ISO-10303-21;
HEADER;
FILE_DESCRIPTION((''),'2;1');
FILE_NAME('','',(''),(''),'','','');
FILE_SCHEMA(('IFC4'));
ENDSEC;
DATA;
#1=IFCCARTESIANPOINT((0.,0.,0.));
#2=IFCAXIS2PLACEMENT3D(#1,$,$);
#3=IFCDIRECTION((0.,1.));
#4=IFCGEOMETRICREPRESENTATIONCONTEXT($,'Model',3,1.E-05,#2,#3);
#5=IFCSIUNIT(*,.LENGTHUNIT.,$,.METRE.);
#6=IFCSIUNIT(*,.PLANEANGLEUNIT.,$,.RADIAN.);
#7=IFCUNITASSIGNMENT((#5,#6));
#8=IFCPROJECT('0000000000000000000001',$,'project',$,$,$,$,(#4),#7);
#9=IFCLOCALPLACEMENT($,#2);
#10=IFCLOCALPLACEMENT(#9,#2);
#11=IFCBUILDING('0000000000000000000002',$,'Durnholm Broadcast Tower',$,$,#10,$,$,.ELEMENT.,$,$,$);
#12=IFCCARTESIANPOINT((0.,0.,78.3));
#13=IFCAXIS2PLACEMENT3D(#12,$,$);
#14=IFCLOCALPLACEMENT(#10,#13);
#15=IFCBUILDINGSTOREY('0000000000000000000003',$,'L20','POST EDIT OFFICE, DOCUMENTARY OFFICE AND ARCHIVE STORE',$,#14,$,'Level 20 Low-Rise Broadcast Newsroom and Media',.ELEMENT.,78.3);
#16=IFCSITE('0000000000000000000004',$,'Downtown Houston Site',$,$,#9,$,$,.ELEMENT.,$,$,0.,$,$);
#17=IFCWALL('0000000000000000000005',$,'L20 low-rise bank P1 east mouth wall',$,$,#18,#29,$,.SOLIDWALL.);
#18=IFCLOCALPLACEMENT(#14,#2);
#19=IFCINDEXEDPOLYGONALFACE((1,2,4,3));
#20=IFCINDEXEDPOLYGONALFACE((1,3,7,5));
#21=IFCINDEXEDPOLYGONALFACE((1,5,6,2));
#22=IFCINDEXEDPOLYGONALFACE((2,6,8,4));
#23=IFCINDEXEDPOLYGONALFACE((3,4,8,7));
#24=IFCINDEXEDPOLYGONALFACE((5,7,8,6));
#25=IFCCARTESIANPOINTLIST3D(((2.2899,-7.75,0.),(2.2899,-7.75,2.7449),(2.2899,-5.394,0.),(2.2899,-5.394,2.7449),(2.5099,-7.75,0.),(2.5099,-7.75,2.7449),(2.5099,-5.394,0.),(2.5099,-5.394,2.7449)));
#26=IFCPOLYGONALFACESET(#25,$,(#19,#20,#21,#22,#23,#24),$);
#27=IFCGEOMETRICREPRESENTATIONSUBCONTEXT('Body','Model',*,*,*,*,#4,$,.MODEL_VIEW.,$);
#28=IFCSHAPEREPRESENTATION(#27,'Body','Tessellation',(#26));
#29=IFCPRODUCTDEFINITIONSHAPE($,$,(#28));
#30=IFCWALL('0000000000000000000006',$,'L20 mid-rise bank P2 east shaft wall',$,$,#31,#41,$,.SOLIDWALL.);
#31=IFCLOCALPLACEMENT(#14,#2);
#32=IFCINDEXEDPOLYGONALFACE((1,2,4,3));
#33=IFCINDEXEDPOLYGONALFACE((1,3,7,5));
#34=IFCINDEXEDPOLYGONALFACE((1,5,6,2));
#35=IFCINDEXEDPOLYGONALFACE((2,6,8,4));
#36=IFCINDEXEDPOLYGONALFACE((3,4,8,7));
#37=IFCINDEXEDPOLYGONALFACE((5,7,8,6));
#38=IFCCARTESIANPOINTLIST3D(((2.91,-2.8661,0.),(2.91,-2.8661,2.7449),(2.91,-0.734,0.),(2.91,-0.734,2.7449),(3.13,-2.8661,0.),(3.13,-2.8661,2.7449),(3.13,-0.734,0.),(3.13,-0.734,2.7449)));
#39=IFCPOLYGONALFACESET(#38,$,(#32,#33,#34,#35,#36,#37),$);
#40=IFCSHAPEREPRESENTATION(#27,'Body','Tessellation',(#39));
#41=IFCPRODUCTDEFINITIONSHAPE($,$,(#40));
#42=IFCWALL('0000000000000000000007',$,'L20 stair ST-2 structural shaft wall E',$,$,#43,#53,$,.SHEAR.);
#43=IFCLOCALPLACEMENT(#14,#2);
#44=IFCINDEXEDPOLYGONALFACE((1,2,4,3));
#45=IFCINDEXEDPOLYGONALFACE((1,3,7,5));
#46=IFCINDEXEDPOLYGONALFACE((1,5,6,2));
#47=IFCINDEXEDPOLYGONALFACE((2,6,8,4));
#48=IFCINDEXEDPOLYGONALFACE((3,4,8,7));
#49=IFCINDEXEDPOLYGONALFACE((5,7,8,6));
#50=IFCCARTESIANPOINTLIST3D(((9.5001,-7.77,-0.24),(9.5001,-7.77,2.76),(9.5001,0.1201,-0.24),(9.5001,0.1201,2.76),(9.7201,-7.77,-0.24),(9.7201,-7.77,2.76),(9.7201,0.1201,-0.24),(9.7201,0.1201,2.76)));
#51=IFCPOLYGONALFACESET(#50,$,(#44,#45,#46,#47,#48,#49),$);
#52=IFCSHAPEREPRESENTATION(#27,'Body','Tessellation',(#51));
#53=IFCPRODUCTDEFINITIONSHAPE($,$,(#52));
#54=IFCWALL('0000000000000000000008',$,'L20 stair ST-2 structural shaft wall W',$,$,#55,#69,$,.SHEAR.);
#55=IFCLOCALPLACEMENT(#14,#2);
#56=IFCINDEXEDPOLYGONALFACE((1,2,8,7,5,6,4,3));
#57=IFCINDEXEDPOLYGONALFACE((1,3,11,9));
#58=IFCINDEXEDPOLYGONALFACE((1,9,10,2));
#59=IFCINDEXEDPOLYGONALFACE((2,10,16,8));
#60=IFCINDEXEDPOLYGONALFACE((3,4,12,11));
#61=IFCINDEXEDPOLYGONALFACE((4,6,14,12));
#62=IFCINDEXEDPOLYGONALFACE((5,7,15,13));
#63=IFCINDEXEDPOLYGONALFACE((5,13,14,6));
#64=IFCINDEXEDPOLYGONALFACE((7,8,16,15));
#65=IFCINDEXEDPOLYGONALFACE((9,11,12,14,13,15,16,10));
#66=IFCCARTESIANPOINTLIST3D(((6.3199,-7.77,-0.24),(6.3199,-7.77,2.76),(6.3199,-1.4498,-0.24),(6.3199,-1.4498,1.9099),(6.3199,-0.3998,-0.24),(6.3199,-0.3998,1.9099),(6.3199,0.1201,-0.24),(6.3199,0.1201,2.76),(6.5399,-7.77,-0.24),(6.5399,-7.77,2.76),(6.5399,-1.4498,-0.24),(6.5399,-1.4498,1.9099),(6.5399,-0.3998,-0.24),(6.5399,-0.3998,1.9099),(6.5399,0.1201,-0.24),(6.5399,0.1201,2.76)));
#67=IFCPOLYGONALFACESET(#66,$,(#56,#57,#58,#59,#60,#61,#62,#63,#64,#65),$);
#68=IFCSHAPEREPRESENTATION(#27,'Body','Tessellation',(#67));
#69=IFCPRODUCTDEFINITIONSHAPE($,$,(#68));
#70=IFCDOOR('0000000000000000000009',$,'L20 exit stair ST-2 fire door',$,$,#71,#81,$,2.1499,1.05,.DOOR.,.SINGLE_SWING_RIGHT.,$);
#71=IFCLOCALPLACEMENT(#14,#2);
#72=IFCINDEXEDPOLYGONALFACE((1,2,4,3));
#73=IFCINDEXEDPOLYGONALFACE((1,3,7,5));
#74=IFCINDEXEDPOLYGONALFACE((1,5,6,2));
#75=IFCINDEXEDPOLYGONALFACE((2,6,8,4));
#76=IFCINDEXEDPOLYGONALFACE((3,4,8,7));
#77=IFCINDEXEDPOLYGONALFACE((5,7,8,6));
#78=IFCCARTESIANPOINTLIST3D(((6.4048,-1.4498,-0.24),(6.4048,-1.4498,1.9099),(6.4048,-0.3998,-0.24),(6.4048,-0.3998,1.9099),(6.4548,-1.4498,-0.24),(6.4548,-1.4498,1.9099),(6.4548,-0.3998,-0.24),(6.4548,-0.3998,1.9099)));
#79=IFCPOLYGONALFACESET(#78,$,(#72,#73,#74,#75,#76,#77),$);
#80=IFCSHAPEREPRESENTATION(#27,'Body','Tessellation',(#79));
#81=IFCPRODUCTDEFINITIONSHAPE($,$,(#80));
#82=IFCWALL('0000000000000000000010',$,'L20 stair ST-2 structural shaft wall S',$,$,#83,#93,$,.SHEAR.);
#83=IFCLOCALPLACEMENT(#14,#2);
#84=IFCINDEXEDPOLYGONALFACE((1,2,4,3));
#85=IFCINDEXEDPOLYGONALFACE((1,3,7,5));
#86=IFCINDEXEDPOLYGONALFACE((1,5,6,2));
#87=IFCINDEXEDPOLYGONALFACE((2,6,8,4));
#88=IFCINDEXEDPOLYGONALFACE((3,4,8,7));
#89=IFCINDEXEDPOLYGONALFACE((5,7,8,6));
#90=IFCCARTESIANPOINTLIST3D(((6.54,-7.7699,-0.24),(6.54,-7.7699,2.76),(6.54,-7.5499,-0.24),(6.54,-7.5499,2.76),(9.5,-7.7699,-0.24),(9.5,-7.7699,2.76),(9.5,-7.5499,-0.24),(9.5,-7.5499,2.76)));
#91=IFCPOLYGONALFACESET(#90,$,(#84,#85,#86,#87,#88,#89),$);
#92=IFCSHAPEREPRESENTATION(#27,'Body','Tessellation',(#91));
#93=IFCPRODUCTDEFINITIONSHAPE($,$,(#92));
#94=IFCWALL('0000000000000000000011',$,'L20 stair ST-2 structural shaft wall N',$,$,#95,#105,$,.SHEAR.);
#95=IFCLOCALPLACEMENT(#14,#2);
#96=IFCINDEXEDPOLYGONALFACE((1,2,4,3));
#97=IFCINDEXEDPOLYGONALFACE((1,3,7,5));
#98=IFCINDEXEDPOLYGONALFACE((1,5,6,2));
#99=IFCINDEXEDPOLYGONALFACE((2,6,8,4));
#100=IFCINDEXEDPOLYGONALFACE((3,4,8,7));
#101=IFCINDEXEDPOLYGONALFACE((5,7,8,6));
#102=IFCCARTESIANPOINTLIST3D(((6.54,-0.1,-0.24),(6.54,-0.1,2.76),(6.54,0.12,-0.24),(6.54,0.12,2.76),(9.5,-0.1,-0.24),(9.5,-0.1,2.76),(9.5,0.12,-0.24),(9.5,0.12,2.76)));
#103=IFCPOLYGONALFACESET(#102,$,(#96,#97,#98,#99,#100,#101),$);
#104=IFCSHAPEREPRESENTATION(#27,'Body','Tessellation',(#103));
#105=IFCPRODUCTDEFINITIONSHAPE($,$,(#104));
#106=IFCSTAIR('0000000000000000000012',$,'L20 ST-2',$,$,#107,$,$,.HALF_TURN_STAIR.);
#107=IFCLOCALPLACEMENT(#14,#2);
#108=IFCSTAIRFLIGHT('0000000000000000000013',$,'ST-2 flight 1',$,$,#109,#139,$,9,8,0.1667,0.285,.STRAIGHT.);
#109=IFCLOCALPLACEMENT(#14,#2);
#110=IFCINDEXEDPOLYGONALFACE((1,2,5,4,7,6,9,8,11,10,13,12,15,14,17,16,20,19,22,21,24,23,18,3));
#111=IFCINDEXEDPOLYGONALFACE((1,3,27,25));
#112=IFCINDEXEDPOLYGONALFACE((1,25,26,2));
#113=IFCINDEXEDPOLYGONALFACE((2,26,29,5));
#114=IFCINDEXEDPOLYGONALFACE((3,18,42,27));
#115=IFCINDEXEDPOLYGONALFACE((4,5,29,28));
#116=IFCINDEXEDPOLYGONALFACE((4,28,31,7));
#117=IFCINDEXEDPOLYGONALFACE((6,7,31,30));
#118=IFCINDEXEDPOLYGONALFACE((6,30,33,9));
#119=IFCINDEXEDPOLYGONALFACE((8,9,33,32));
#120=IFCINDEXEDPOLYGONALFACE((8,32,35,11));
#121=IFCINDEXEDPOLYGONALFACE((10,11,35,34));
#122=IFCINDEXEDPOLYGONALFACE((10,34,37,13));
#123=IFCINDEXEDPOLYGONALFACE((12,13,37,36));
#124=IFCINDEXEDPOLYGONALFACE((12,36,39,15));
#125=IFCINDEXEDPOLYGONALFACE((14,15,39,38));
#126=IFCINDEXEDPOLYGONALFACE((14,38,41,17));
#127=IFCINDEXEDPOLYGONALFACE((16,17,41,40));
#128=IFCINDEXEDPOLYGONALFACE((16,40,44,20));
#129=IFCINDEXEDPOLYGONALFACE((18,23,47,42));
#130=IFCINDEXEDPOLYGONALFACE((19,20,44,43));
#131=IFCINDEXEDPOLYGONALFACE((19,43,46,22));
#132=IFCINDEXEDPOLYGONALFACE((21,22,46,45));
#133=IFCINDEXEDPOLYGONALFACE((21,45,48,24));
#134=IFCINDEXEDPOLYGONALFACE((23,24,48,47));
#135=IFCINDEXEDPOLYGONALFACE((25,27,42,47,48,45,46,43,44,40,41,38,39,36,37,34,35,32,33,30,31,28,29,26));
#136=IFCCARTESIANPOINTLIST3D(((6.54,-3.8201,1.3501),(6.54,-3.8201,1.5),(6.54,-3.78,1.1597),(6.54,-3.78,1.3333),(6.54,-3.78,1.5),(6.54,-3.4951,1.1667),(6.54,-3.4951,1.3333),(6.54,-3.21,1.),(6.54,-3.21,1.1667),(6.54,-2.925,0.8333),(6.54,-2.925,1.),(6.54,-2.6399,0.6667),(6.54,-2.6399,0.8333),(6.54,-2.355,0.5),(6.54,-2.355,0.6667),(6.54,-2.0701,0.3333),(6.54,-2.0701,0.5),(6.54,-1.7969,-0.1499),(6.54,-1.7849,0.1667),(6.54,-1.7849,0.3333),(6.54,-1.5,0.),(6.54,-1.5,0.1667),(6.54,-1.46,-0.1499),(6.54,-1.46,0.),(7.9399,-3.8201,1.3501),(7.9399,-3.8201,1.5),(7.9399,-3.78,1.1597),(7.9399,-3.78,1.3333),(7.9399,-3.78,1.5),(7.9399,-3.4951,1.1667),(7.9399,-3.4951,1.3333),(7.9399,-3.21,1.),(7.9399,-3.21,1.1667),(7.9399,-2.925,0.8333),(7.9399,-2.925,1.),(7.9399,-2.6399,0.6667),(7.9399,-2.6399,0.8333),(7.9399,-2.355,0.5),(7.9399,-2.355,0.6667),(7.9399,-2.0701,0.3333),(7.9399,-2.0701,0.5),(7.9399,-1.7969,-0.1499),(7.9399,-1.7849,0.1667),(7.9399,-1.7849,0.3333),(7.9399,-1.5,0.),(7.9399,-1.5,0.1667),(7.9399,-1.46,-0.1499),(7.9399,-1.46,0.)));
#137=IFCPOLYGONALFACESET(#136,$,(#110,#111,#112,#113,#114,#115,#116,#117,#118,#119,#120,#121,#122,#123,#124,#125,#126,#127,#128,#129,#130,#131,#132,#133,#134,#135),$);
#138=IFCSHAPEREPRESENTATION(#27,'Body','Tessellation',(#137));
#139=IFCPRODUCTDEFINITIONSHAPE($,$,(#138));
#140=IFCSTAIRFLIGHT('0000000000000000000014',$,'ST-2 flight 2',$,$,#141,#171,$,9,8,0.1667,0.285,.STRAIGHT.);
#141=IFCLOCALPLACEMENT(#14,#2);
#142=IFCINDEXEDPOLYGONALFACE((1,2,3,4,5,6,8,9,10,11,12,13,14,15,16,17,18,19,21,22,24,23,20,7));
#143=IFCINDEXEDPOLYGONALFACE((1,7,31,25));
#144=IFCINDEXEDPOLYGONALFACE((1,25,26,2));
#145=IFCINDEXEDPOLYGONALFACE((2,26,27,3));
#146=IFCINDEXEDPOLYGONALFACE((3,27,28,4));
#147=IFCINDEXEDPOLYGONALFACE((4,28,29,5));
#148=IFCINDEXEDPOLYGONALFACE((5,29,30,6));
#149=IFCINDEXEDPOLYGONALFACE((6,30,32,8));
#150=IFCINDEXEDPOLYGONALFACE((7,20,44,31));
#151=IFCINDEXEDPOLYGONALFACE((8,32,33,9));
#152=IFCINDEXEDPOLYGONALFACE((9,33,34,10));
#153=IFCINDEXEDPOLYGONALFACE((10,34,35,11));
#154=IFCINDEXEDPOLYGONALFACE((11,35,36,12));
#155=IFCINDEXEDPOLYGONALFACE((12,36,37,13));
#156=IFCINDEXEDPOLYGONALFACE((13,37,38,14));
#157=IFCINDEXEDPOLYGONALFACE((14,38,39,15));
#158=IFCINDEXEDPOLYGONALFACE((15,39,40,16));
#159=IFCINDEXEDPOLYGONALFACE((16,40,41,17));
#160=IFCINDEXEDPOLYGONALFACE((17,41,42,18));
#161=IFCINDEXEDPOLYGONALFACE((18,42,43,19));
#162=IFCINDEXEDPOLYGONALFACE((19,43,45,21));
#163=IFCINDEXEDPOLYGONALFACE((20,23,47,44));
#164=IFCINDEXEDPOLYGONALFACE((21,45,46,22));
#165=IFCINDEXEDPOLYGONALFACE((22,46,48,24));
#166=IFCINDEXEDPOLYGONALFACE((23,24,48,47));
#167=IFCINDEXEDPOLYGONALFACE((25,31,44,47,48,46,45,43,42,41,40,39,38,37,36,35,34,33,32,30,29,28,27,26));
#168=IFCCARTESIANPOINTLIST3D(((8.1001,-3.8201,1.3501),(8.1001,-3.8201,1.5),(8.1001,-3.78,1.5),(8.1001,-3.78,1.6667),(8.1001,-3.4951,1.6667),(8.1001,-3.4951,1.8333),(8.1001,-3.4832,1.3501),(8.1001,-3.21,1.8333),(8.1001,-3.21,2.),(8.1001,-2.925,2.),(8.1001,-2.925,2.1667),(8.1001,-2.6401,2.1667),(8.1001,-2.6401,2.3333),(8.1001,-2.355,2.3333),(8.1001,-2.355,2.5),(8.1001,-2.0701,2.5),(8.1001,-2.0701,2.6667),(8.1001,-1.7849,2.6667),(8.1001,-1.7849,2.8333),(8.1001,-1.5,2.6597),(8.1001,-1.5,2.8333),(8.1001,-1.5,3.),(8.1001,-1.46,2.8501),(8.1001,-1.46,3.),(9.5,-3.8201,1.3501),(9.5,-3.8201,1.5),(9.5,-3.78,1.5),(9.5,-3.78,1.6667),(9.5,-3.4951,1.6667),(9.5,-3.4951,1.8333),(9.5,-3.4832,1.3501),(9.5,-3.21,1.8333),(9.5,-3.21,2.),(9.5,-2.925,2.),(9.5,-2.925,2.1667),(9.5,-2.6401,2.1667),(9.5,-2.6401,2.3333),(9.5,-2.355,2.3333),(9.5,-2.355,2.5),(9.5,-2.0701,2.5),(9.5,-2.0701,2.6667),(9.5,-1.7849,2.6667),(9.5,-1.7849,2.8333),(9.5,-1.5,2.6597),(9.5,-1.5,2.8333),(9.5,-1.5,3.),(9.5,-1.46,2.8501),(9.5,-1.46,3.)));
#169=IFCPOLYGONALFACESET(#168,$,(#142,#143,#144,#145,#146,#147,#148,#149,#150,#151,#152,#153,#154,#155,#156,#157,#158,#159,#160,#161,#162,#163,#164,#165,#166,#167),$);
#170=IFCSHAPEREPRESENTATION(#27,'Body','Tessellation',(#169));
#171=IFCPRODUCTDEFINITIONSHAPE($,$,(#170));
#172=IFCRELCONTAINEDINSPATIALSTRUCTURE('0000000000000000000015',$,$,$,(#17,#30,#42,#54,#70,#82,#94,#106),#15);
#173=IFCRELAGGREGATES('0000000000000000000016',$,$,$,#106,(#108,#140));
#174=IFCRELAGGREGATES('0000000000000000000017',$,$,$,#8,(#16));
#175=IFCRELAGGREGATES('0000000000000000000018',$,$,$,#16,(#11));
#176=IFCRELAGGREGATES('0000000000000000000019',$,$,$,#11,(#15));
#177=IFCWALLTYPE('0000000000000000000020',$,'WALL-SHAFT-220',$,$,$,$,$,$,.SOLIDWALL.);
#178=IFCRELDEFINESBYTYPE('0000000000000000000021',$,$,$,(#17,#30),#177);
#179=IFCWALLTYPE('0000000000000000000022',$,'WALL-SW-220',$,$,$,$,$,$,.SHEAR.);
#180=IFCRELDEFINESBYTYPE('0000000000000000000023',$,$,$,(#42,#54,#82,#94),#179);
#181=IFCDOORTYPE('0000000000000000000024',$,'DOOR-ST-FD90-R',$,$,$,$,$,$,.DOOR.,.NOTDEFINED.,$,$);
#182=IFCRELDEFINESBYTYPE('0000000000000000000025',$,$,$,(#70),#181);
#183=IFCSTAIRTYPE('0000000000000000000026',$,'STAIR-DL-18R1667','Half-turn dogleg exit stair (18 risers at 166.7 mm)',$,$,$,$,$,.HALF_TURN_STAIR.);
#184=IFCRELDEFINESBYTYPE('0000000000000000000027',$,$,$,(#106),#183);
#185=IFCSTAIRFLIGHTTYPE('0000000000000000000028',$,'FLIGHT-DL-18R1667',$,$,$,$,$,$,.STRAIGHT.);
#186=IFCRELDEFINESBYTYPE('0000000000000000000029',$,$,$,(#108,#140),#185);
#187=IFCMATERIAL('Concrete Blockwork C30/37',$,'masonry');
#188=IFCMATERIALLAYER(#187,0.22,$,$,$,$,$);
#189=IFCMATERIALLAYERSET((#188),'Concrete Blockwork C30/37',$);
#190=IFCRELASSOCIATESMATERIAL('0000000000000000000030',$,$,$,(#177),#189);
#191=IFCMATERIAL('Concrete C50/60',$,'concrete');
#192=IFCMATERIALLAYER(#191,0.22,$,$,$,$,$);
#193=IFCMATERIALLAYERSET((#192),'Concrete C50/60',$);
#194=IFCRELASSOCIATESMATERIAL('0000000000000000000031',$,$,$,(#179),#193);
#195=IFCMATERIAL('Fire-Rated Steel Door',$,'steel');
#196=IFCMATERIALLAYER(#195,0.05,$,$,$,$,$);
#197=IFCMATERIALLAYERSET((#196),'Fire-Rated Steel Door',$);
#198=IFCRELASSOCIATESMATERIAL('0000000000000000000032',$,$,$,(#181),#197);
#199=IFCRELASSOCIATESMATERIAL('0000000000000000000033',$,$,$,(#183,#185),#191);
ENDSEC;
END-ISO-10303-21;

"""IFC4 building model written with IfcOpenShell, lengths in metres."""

from ifc_helpers import new_model, si_unit, direction, frame, frame_2d, origin, place, context, subcontext, project, spatial, polyline, rectangle, outline, extrude, source, transform, mapped, material, layer, layer_set, type_object, type_shapes, element, fill, aggregate, save


model = new_model("IFC4")

# Units and contexts
model_context = context("Model", 3, precision=1e-05, world=origin(), true_north=direction((0.0, 1.0)))
body_context = subcontext(model_context, "Body", "Model", "MODEL_VIEW")
ifc_project = project(units=[si_unit("LENGTHUNIT", "METRE"), si_unit("PLANEANGLEUNIT", "RADIAN")], contexts=[model_context])

# Site, building, storey
site_placement = place(None, origin())
site = spatial("IfcSite", under=ifc_project, at=site_placement, Name="Downtown Houston Site", CompositionType="ELEMENT", RefElevation=0.0)
building_placement = place(site_placement, origin())
building = spatial("IfcBuilding", under=site, at=building_placement, Name="Durnholm Broadcast Tower", CompositionType="ELEMENT")
storey_placement = place(building_placement, frame((0.0, 0.0, 78.3)))
storey = spatial("IfcBuildingStorey", under=building, at=storey_placement, Name="L20", Description="POST EDIT OFFICE, DOCUMENTARY OFFICE AND ARCHIVE STORE", LongName="Level 20 Low-Rise Broadcast Newsroom and Media", CompositionType="ELEMENT", Elevation=78.3)

# Shared definitions
ifc_material_1 = material(Name="Concrete Blockwork C30/37", Category="masonry")
ifc_layer_1 = layer(ifc_material_1, 0.22)
ifc_layer_set_1 = layer_set([ifc_layer_1], Name="Concrete Blockwork C30/37")
wall_type_1 = type_object("IfcWallType", Name="WALL-SHAFT-220", PredefinedType="SOLIDWALL", material=ifc_layer_set_1)

# Walls
wall_1_placement = place(storey_placement, frame((2.3999, -7.75, 0.0), z_axis=(0.0, 0.0, 1.0), x_axis=(0.0, 1.0, 0.0)))
element("IfcWall", 1, at=wall_1_placement, inside=storey, type_object=wall_type_1, Name="L20 low-rise bank P1 east mouth wall", PredefinedType="SOLIDWALL", context=body_context, shape_type="SweptSolid", body=[
    extrude(rectangle(XDim=2.356, YDim=0.22, at=frame_2d((1.178, 0.0))), origin(), (0.0, 0.0, 1.0), 2.7449),
])
wall_2_placement = place(storey_placement, frame((3.02, -2.866, 0.0), z_axis=(0.0, 0.0, 1.0), x_axis=(0.0, 1.0, 0.0)))
element("IfcWall", 2, at=wall_2_placement, inside=storey, type_object=wall_type_1, Name="L20 mid-rise bank P2 east shaft wall", PredefinedType="SOLIDWALL", context=body_context, shape_type="SweptSolid", body=[
    extrude(rectangle(XDim=2.1321, YDim=0.22, at=frame_2d((1.0659, 0.0))), origin(), (0.0, 0.0, 1.0), 2.7449),
])
ifc_material_2 = material(Name="Concrete C50/60", Category="concrete")
ifc_layer_2 = layer(ifc_material_2, 0.22)
ifc_layer_set_2 = layer_set([ifc_layer_2], Name="Concrete C50/60")
wall_type_2 = type_object("IfcWallType", Name="WALL-SW-220", PredefinedType="SHEAR", material=ifc_layer_set_2)
wall_3_placement = place(storey_placement, frame((9.6101, -7.77, -0.24), z_axis=(0.0, 0.0, 1.0), x_axis=(0.0, 1.0, 0.0)))
element("IfcWall", 3, at=wall_3_placement, inside=storey, type_object=wall_type_2, Name="L20 stair ST-2 structural shaft wall E", PredefinedType="SHEAR", context=body_context, shape_type="SweptSolid", body=[
    extrude(rectangle(XDim=7.8901, YDim=0.22, at=frame_2d((3.9451, 0.0))), origin(), (0.0, 0.0, 1.0), 3.0),
])

# Wall, opening, door
wall_4_placement = place(storey_placement, frame((6.4299, 0.1201, -0.24), z_axis=(0.0, 0.0, 1.0), x_axis=(0.0, -1.0, 0.0)))
wall_4 = element("IfcWall", 4, at=wall_4_placement, inside=storey, type_object=wall_type_2, Name="L20 stair ST-2 structural shaft wall W", PredefinedType="SHEAR", context=body_context, shape_type="SweptSolid", body=[
    extrude(rectangle(XDim=7.8901, YDim=0.22, at=frame_2d((3.9451, 0.0))), origin(), (0.0, 0.0, 1.0), 3.0),
])
opening_1_placement = place(wall_4_placement, frame((0.52, 0.0, 0.0)))
opening_1 = element("IfcOpeningElement", 5, at=opening_1_placement, cuts=wall_4, PredefinedType="OPENING", context=body_context, shape_type="SweptSolid", body=[
    extrude(rectangle(XDim=1.05, YDim=2.1499, at=frame_2d((0.5249, 1.075))), frame((0.0, 0.1201, 0.0), z_axis=(0.0, -1.0, 0.0), x_axis=(1.0, 0.0, 0.0)), (0.0, 0.0, 1.0), 0.24),
])
ifc_material_3 = material(Name="Fire-Rated Steel Door", Category="steel")
ifc_layer_3 = layer(ifc_material_3, 0.05)
ifc_layer_set_3 = layer_set([ifc_layer_3], Name="Fire-Rated Steel Door")
door_type_1 = type_object("IfcDoorType", Name="DOOR-ST-FD90-R", OperationType="NOTDEFINED", PredefinedType="DOOR", material=ifc_layer_set_3)
shared_shape_1 = source(origin(), body_context, "Body", "SweptSolid", [
    extrude(rectangle(XDim=1.05, YDim=2.1499, at=frame_2d((0.5249, 1.075))), frame((0.0, 0.0249, 0.0), z_axis=(0.0, -1.0, 0.0), x_axis=(1.0, 0.0, 0.0)), (0.0, 0.0, 1.0), 0.05),
])
type_shapes(door_type_1, [shared_shape_1])
door_1_placement = place(opening_1_placement, origin())
door_1 = element("IfcDoor", 6, at=door_1_placement, inside=storey, type_object=door_type_1, Name="L20 exit stair ST-2 fire door", OperationType="SINGLE_SWING_RIGHT", OverallHeight=2.1499, OverallWidth=1.05, PredefinedType="DOOR", context=body_context, shape_type="MappedRepresentation", body=[
    mapped(shared_shape_1, transform((0.0, 0.0, 0.0), x_axis=(1.0, 0.0, 0.0), y_axis=(0.0, 1.0, 0.0), z_axis=(0.0, 0.0, 1.0), scale=1.0)),
])
fill(opening_1, door_1)

# Walls
for number, where, z_axis, x_axis, name in (
    (7, (6.54, -7.6599, -0.24), (0.0, 0.0, 1.0), (1.0, 0.0, 0.0), "L20 stair ST-2 structural shaft wall S"),
    (8, (9.5, 0.01, -0.24), (0.0, 0.0, 1.0), (-1.0, 0.0, 0.0), "L20 stair ST-2 structural shaft wall N"),
):
    element("IfcWall", number, at=place(storey_placement, frame(where, z_axis=z_axis, x_axis=x_axis)), inside=storey, type_object=wall_type_2, Name=name, PredefinedType="SHEAR", context=body_context, shape_type="SweptSolid", body=[
        extrude(rectangle(XDim=2.96, YDim=0.22, at=frame_2d((1.48, 0.0))), origin(), (0.0, 0.0, 1.0), 3.0),
    ])

# Stair, stair flights
stair_type = type_object("IfcStairType", Name="STAIR-DL-18R1667", Description="Half-turn dogleg exit stair (18 risers at 166.7 mm)", PredefinedType="HALF_TURN_STAIR", material=ifc_material_2)
stair_placement = place(storey_placement, origin())
stair = element("IfcStair", 9, at=stair_placement, inside=storey, type_object=stair_type, Name="L20 ST-2", PredefinedType="HALF_TURN_STAIR")
stair_flight_type = type_object("IfcStairFlightType", Name="FLIGHT-DL-18R1667", PredefinedType="STRAIGHT", material=ifc_material_2)
stair_flight_1_placement = place(storey_placement, frame((7.24, -1.5, 0.0), z_axis=(0.0, 0.0, 1.0), x_axis=(0.0, -1.0, 0.0)))
stair_flight_1 = element("IfcStairFlight", 10, at=stair_flight_1_placement, type_object=stair_flight_type, Name="ST-2 flight 1", NumberOfRisers=9, NumberOfTreads=8, PredefinedType="STRAIGHT", RiserHeight=0.1667, TreadLength=0.285, context=body_context, shape_type="SweptSolid", body=[
    extrude(outline(polyline([(-0.04, -0.1499), (-0.04, 0.0), (0.0, 0.0), (0.0, 0.1667), (0.2849, 0.1667), (0.2849, 0.3333), (0.5701, 0.3333), (0.5701, 0.5), (0.855, 0.5), (0.855, 0.6667), (1.1399, 0.6667), (1.1399, 0.8333), (1.425, 0.8333), (1.425, 1.0), (1.71, 1.0), (1.71, 1.1667), (1.9951, 1.1667), (1.9951, 1.3333), (2.28, 1.3333), (2.28, 1.5), (2.3201, 1.5), (2.3201, 1.3501), (2.28, 1.1597), (0.2969, -0.1499), (-0.04, -0.1499)])), frame((0.0, 0.7, 0.0), z_axis=(0.0, -1.0, 0.0), x_axis=(1.0, 0.0, 0.0)), (0.0, 0.0, 1.0), 1.3999),
])
stair_flight_2_placement = place(storey_placement, frame((8.8, -3.78, 1.5), z_axis=(0.0, 0.0, 1.0), x_axis=(0.0, 1.0, 0.0)))
stair_flight_2 = element("IfcStairFlight", 11, at=stair_flight_2_placement, type_object=stair_flight_type, Name="ST-2 flight 2", NumberOfRisers=9, NumberOfTreads=8, PredefinedType="STRAIGHT", RiserHeight=0.1667, TreadLength=0.285, context=body_context, shape_type="SweptSolid", body=[
    extrude(outline(polyline([(-0.04, -0.1499), (-0.04, 0.0), (0.0, 0.0), (0.0, 0.1667), (0.2849, 0.1667), (0.2849, 0.3333), (0.5701, 0.3333), (0.5701, 0.5), (0.855, 0.5), (0.855, 0.6667), (1.1399, 0.6667), (1.1399, 0.8333), (1.425, 0.8333), (1.425, 1.0), (1.71, 1.0), (1.71, 1.1667), (1.9951, 1.1667), (1.9951, 1.3333), (2.28, 1.3333), (2.28, 1.5), (2.3201, 1.5), (2.3201, 1.3501), (2.28, 1.1597), (0.2969, -0.1499), (-0.04, -0.1499)])), frame((0.0, 0.7, 0.0), z_axis=(0.0, -1.0, 0.0), x_axis=(1.0, 0.0, 0.0)), (0.0, 0.0, 1.0), 1.3999),
])
aggregate(stair, [stair_flight_1, stair_flight_2])

save(model, "model.ifc")
